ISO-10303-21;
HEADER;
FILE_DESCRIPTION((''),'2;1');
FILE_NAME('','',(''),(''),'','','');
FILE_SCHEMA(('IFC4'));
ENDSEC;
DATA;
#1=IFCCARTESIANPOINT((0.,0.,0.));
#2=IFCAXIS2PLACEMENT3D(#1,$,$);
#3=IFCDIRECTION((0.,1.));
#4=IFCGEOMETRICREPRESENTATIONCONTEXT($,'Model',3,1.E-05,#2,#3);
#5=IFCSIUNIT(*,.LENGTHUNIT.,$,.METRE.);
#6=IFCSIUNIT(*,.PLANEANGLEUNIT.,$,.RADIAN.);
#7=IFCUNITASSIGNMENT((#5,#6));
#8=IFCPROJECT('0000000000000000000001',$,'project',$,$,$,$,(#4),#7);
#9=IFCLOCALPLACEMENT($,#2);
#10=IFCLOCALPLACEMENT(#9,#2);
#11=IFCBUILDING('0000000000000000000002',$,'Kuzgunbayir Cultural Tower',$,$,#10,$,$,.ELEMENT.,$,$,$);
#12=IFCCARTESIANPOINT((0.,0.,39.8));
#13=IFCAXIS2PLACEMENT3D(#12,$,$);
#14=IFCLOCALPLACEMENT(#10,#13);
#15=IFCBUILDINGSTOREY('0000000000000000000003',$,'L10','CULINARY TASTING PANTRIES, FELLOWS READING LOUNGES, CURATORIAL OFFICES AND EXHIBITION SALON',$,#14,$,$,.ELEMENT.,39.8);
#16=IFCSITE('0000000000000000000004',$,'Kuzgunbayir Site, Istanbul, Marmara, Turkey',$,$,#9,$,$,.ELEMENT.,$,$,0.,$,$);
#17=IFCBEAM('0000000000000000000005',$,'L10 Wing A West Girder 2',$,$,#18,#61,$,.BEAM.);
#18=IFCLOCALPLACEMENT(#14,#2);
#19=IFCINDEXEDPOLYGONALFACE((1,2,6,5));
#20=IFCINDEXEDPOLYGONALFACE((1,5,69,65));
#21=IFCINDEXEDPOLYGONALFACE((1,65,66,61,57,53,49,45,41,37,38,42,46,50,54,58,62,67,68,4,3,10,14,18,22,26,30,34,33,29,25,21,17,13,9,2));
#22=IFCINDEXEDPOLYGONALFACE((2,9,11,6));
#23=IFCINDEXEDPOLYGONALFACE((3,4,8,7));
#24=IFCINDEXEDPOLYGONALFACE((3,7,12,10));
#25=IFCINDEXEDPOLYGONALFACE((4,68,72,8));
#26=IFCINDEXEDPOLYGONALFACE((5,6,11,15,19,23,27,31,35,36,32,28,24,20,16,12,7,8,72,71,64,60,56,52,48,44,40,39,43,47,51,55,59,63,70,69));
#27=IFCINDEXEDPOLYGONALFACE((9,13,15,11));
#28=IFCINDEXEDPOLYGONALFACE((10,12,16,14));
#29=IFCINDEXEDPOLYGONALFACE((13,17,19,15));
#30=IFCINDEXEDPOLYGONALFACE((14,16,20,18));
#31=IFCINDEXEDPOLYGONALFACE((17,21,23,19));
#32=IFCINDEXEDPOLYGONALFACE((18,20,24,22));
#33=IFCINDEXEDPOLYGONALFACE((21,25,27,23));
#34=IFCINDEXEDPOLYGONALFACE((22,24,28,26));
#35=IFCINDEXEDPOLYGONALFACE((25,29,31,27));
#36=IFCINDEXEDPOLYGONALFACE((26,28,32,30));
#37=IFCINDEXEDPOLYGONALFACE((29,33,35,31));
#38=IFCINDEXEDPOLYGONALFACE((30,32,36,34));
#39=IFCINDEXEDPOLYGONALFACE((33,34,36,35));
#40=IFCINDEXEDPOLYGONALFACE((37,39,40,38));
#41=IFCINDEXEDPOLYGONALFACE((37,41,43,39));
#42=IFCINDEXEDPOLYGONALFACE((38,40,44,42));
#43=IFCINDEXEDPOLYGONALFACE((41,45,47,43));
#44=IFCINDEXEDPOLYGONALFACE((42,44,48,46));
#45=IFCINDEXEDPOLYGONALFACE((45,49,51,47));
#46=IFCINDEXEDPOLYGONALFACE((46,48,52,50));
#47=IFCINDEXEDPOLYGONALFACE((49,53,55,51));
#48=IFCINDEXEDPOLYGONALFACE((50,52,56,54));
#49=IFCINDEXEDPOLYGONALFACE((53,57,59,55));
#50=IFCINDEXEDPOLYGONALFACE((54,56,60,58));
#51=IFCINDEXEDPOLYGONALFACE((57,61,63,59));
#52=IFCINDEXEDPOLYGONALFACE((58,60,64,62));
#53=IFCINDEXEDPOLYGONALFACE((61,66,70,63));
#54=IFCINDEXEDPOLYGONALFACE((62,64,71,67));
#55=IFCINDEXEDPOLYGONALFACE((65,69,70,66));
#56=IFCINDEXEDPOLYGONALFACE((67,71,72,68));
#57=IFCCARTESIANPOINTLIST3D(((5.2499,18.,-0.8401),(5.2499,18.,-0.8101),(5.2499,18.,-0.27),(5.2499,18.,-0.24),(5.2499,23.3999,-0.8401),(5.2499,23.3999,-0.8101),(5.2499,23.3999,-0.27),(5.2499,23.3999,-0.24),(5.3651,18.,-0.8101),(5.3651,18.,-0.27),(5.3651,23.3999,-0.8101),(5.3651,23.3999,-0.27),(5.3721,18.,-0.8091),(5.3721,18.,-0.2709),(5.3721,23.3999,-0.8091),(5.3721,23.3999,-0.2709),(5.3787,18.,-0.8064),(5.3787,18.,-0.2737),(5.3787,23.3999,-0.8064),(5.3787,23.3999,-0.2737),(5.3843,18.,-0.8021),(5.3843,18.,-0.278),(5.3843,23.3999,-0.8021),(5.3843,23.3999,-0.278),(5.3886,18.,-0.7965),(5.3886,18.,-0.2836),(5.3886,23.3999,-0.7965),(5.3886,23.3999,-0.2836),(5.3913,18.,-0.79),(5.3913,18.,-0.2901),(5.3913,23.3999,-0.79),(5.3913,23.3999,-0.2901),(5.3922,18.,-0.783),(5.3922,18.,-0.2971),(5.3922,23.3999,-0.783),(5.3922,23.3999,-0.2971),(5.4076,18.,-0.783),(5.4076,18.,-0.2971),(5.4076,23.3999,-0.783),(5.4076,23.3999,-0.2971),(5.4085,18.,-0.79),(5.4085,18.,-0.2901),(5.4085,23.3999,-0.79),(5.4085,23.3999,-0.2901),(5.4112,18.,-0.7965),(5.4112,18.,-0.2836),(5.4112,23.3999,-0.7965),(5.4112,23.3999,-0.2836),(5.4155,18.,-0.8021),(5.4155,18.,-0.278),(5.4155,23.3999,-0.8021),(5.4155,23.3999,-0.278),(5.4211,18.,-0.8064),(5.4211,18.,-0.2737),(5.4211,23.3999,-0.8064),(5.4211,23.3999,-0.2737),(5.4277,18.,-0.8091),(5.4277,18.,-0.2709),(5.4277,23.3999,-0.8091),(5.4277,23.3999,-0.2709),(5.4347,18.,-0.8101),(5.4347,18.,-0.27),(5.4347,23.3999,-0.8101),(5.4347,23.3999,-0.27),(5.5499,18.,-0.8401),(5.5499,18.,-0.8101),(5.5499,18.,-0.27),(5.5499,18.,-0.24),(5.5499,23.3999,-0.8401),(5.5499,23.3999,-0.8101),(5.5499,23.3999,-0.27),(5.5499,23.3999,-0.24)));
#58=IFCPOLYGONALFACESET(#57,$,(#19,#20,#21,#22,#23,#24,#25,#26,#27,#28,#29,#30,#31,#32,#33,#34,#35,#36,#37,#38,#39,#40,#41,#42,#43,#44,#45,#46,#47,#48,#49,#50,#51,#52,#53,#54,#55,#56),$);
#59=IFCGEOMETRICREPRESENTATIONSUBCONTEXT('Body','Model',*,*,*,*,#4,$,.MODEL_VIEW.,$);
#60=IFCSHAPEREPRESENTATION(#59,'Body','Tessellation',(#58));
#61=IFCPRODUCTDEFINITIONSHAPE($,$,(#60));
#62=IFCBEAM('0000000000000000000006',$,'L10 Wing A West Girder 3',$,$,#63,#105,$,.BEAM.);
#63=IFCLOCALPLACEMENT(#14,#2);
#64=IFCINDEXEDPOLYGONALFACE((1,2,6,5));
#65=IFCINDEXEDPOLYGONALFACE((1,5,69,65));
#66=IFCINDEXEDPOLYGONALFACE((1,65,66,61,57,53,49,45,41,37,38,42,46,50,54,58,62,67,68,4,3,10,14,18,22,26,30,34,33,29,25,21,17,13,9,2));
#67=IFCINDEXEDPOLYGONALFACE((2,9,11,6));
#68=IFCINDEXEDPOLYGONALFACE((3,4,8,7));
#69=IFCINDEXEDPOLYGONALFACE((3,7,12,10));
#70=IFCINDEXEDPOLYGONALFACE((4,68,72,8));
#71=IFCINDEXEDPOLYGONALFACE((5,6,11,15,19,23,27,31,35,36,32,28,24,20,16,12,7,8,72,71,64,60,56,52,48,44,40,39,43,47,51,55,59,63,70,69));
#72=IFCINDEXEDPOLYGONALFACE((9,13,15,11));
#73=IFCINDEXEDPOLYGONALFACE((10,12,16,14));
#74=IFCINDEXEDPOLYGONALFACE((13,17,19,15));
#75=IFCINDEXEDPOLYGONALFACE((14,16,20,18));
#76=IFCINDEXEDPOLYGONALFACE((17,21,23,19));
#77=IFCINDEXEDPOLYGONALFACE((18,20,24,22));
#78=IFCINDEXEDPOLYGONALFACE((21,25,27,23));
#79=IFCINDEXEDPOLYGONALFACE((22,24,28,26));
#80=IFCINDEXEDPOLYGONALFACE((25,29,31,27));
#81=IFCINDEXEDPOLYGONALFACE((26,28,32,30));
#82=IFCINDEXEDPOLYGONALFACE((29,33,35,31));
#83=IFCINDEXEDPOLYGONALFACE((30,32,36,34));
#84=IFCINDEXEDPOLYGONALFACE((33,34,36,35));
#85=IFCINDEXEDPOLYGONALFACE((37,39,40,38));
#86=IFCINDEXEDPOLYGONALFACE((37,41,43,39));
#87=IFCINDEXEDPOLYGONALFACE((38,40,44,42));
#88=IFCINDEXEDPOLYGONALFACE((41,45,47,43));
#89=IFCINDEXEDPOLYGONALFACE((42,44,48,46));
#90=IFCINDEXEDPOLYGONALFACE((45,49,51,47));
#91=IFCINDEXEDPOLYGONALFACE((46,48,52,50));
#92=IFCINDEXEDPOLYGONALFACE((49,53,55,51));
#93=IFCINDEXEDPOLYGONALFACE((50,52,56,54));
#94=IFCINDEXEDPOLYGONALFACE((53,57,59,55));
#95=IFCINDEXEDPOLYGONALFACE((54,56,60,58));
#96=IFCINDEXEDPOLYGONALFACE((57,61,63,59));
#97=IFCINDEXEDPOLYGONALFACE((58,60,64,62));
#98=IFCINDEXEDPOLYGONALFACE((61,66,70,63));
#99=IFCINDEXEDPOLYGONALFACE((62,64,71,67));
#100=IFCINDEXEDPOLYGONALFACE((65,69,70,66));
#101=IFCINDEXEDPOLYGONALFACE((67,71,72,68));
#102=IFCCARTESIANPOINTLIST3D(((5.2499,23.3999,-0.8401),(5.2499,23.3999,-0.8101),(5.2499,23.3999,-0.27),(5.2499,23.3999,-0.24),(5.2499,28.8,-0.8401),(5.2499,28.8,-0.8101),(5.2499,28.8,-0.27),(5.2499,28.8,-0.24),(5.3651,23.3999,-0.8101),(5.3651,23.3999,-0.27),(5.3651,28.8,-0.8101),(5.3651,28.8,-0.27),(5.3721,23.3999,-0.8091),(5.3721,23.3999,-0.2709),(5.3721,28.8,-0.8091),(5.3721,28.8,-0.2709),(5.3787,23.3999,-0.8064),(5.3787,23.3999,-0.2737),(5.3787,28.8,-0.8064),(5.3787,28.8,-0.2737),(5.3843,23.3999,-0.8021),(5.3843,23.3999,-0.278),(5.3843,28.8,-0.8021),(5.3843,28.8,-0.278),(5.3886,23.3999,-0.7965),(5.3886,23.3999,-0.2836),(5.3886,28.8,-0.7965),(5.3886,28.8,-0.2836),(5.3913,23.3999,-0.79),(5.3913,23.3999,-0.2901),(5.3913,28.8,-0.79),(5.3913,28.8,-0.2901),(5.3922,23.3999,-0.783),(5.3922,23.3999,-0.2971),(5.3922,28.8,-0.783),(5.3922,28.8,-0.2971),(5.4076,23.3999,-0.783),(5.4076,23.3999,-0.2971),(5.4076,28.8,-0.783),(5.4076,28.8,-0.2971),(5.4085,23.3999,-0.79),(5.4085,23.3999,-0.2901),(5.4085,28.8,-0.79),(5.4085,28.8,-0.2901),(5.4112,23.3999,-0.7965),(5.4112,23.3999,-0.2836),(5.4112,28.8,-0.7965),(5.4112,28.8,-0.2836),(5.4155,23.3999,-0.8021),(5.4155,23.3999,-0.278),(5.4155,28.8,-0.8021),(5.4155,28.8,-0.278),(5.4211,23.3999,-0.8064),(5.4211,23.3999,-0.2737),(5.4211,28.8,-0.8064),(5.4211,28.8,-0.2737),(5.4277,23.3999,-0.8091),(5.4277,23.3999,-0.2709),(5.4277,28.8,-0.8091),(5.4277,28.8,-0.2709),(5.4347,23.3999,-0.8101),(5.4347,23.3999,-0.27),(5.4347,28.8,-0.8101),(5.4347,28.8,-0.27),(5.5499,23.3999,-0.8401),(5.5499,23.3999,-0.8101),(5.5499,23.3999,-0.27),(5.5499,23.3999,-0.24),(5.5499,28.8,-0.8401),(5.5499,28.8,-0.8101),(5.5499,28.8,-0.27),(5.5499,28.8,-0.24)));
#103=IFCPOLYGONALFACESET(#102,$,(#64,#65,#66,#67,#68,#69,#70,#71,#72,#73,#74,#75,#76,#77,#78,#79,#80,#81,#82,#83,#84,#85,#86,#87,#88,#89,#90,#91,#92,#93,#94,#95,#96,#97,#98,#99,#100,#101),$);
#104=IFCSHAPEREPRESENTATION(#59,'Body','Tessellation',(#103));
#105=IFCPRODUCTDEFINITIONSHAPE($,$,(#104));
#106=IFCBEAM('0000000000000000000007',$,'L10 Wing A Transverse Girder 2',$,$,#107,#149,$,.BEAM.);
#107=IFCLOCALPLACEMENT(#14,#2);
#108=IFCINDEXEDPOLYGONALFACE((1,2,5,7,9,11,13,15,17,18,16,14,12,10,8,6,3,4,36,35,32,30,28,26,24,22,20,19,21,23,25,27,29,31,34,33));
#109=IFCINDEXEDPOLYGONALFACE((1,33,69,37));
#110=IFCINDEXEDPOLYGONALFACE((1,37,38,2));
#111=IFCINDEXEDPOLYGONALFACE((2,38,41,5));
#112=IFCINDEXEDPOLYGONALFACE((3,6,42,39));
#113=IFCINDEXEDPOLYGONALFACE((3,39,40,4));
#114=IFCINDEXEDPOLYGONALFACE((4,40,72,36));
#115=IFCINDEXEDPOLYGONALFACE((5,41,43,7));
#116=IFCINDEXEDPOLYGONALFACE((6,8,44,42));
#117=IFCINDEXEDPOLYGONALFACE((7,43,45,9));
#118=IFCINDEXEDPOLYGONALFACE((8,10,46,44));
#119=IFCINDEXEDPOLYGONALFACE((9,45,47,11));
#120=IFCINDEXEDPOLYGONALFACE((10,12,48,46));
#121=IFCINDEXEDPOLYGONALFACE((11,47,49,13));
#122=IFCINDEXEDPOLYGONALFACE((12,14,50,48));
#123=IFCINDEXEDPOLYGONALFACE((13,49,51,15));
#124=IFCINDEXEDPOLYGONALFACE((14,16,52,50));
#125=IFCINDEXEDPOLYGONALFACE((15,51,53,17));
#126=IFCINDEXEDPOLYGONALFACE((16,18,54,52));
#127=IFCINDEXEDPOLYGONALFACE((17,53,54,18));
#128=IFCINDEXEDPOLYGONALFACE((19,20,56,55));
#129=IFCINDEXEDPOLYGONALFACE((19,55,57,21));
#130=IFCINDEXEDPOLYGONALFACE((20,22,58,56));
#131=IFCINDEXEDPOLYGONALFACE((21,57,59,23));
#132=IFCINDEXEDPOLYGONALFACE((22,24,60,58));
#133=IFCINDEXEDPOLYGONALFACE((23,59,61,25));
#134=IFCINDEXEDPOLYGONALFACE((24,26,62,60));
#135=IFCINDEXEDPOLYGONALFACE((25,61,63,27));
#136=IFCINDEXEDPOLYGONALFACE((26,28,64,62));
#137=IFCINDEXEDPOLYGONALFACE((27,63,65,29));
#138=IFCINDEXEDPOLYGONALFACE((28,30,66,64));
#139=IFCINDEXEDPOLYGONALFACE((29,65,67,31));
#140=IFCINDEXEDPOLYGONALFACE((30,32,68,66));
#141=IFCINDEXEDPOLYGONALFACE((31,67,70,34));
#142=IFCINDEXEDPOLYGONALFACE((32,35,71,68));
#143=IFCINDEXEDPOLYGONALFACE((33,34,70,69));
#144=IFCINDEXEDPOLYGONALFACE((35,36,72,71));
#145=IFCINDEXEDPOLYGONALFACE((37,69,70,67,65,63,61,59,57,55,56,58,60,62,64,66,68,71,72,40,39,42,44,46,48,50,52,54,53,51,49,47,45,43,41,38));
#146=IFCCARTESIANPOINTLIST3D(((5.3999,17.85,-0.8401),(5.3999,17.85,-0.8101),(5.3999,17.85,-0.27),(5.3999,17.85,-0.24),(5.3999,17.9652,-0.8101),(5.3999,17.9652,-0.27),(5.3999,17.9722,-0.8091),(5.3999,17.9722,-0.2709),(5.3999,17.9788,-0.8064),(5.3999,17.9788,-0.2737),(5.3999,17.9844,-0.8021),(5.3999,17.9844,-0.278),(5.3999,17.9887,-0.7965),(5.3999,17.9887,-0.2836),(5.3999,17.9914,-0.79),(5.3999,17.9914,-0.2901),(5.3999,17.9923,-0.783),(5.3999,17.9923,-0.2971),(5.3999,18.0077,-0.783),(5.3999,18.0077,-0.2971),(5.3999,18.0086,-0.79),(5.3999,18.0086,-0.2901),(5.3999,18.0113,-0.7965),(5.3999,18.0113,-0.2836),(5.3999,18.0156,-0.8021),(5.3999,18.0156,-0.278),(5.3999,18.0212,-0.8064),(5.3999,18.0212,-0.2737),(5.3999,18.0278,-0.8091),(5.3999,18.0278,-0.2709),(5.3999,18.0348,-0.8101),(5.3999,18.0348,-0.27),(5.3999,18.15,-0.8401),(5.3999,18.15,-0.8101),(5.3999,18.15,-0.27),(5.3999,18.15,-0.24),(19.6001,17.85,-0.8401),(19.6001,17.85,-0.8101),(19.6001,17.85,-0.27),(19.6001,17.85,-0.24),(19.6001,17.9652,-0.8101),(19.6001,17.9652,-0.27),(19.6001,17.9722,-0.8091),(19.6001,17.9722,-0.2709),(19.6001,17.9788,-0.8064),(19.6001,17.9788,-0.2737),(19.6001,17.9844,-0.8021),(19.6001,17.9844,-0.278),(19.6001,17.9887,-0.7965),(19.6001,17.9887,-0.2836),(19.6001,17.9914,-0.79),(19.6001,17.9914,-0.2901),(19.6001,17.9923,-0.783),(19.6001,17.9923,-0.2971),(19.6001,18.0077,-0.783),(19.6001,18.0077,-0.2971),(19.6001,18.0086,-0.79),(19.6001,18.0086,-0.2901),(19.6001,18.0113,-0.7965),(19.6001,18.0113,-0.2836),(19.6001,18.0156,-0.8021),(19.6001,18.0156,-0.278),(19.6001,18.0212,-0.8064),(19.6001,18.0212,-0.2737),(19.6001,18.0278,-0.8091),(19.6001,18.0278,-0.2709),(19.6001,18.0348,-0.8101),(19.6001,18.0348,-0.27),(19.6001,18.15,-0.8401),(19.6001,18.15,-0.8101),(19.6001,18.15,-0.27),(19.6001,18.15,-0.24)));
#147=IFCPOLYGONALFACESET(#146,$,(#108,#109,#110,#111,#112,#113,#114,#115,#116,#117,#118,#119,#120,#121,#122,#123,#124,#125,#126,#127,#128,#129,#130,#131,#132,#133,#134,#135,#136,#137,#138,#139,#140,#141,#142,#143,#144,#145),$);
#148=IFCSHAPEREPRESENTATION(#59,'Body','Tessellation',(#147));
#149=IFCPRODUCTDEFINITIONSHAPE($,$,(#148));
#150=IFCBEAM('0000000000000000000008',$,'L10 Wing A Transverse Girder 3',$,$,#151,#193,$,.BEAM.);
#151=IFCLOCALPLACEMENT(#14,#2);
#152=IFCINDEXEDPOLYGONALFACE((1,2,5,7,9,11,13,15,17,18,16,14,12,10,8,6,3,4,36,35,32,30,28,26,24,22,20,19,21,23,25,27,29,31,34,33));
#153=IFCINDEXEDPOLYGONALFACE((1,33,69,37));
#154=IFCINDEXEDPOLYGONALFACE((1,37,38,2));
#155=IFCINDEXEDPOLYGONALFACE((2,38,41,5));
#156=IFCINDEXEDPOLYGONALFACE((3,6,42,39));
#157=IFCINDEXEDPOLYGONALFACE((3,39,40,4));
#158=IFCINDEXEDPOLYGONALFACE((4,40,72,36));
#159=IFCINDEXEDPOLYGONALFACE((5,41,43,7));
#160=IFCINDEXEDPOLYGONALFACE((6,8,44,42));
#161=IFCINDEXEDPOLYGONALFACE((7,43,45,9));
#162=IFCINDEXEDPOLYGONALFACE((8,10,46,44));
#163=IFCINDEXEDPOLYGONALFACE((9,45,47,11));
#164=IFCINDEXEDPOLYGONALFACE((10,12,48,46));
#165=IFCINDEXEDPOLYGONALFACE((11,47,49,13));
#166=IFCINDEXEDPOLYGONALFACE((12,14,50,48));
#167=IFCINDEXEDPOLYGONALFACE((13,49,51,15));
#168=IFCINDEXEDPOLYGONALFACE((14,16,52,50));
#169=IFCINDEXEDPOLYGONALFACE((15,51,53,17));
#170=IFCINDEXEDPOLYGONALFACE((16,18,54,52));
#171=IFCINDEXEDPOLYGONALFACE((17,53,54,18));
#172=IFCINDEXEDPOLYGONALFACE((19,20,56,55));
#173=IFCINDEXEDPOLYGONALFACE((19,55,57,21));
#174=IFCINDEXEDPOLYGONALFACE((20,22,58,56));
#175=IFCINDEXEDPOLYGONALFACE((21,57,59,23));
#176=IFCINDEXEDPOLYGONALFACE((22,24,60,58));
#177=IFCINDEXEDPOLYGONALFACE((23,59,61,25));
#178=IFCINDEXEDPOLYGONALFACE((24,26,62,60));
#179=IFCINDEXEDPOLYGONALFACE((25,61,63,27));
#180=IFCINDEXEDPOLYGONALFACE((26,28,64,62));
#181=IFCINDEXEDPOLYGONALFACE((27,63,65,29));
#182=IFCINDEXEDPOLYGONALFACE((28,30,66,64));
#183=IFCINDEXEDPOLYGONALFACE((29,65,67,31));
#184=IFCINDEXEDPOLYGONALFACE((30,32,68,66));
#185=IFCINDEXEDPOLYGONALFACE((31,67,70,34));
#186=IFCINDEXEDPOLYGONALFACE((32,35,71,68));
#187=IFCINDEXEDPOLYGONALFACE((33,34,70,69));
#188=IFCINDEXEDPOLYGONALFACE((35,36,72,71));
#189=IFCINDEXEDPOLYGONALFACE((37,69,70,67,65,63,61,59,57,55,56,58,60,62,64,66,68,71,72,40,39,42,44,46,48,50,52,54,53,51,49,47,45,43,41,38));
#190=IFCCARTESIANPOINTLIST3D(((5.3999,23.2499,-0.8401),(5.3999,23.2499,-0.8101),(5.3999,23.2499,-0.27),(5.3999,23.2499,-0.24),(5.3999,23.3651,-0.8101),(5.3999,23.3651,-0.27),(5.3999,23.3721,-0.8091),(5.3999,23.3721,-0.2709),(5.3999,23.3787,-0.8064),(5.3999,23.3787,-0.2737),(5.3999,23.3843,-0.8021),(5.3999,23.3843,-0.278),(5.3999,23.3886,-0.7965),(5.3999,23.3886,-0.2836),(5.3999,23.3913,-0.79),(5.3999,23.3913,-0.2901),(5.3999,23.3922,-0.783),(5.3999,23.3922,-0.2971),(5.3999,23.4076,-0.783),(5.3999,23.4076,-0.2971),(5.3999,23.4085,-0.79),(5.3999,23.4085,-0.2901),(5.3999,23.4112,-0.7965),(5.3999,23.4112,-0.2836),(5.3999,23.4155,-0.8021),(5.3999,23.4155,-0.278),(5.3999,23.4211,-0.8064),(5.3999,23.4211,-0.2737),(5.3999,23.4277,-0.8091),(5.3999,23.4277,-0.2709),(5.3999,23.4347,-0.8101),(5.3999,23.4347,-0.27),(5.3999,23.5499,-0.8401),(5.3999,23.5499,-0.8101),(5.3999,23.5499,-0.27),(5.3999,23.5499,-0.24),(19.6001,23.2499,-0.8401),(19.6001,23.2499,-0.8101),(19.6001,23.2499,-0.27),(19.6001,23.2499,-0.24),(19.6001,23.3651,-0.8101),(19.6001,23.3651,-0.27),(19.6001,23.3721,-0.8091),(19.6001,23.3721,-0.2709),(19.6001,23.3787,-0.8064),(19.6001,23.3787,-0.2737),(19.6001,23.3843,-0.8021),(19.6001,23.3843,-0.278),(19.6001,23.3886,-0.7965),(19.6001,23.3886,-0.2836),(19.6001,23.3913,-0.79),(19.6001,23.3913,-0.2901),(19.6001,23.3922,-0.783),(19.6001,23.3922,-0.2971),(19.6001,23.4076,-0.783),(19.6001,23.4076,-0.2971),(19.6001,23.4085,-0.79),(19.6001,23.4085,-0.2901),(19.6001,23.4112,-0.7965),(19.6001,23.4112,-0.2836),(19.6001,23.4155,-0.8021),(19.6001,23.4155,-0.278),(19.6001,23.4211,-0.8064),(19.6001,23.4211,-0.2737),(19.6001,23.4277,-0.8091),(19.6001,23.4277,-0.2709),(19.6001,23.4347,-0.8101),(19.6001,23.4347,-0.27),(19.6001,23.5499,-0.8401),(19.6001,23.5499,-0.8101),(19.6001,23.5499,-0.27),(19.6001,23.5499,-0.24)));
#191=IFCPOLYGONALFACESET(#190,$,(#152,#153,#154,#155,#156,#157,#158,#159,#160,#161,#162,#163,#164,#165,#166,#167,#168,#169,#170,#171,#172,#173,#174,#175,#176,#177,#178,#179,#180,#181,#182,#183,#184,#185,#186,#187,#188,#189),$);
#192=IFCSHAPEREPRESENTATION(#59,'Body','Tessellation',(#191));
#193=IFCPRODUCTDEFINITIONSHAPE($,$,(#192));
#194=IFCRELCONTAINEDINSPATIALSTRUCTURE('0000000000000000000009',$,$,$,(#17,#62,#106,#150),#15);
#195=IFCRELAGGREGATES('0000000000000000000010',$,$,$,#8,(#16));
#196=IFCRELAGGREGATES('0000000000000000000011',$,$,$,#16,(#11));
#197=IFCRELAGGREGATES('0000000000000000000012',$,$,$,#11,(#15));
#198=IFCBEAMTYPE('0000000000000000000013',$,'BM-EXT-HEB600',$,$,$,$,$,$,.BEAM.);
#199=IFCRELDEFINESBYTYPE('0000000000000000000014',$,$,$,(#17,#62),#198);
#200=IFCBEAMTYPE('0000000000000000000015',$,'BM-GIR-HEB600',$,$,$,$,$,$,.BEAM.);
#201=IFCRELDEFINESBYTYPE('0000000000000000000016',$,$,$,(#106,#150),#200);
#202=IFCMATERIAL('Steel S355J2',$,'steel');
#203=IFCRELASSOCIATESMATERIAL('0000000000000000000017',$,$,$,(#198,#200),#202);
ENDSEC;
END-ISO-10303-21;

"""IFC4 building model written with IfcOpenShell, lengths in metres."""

from ifc_helpers import new_model, si_unit, direction, frame, origin, origin_2d, place, context, subcontext, project, spatial, i_section, extrude, material, material_profile, profile_set, type_object, element, save


model = new_model("IFC4")

# Units and contexts
model_context = context("Model", 3, precision=1e-05, world=origin(), true_north=direction((0.0, 1.0)))
body_context = subcontext(model_context, "Body", "Model", "MODEL_VIEW")
ifc_project = project(units=[si_unit("LENGTHUNIT", "METRE"), si_unit("PLANEANGLEUNIT", "RADIAN")], contexts=[model_context])

# Site, building, storey
site_placement = place(None, origin())
site = spatial("IfcSite", under=ifc_project, at=site_placement, Name="Kuzgunbayir Site, Istanbul, Marmara, Turkey", CompositionType="ELEMENT", RefElevation=0.0)
building_placement = place(site_placement, origin())
building = spatial("IfcBuilding", under=site, at=building_placement, Name="Kuzgunbayir Cultural Tower", CompositionType="ELEMENT")
storey_placement = place(building_placement, frame((0.0, 0.0, 39.8)))
storey = spatial("IfcBuildingStorey", under=building, at=storey_placement, Name="L10", Description="CULINARY TASTING PANTRIES, FELLOWS READING LOUNGES, CURATORIAL OFFICES AND EXHIBITION SALON", CompositionType="ELEMENT", Elevation=39.8)

# Beams
ifc_material_1 = material(Name="Steel S355J2", Category="steel")
ifc_material_profile_1 = material_profile(ifc_material_1, i_section(OverallWidth=0.3, OverallDepth=0.6001, WebThickness=0.0154, FlangeThickness=0.03, FilletRadius=0.0271, at=origin_2d()), Name="HEB 600")
ifc_profile_set_1 = profile_set([ifc_material_profile_1], Name="Steel S355J2")
beam_type_1 = type_object("IfcBeamType", Name="BM-EXT-HEB600", PredefinedType="BEAM", material=ifc_profile_set_1)
beam_1_placement = place(storey_placement, frame((5.3999, 18.0, -0.54), z_axis=(0.0, 1.0, 0.0), x_axis=(-1.0, 0.0, 0.0)))
element("IfcBeam", 1, at=beam_1_placement, inside=storey, type_object=beam_type_1, Name="L10 Wing A West Girder 2", PredefinedType="BEAM", context=body_context, shape_type="SweptSolid", body=[
    extrude(i_section(OverallWidth=0.3, OverallDepth=0.6001, WebThickness=0.0154, FlangeThickness=0.03, FilletRadius=0.0271, at=origin_2d()), origin(), (0.0, 0.0, 1.0), 5.3999),
])
beam_2_placement = place(storey_placement, frame((5.3999, 23.3999, -0.54), z_axis=(0.0, 1.0, 0.0), x_axis=(-1.0, 0.0, 0.0)))
element("IfcBeam", 2, at=beam_2_placement, inside=storey, type_object=beam_type_1, Name="L10 Wing A West Girder 3", PredefinedType="BEAM", context=body_context, shape_type="SweptSolid", body=[
    extrude(i_section(OverallWidth=0.3, OverallDepth=0.6001, WebThickness=0.0154, FlangeThickness=0.03, FilletRadius=0.0271, at=origin_2d()), origin(), (0.0, 0.0, 1.0), 5.4001),
])
ifc_material_profile_2 = material_profile(ifc_material_1, i_section(OverallWidth=0.3, OverallDepth=0.6001, WebThickness=0.0154, FlangeThickness=0.03, FilletRadius=0.0271, at=origin_2d()), Name="HEB 600")
ifc_profile_set_2 = profile_set([ifc_material_profile_2], Name="Steel S355J2")
beam_type_2 = type_object("IfcBeamType", Name="BM-GIR-HEB600", PredefinedType="BEAM", material=ifc_profile_set_2)
for number, where, z_axis, x_axis, name in (
    (3, (5.3999, 18.0, -0.54), (1.0, 0.0, 0.0), (0.0, 1.0, 0.0), "L10 Wing A Transverse Girder 2"),
    (4, (5.3999, 23.3999, -0.54), (1.0, 0.0, 0.0), (0.0, 1.0, 0.0), "L10 Wing A Transverse Girder 3"),
):
    element("IfcBeam", number, at=place(storey_placement, frame(where, z_axis=z_axis, x_axis=x_axis)), inside=storey, type_object=beam_type_2, Name=name, PredefinedType="BEAM", context=body_context, shape_type="SweptSolid", body=[
        extrude(i_section(OverallWidth=0.3, OverallDepth=0.6001, WebThickness=0.0154, FlangeThickness=0.03, FilletRadius=0.0271, at=origin_2d()), origin(), (0.0, 0.0, 1.0), 14.2002),
    ])

save(model, "model.ifc")
